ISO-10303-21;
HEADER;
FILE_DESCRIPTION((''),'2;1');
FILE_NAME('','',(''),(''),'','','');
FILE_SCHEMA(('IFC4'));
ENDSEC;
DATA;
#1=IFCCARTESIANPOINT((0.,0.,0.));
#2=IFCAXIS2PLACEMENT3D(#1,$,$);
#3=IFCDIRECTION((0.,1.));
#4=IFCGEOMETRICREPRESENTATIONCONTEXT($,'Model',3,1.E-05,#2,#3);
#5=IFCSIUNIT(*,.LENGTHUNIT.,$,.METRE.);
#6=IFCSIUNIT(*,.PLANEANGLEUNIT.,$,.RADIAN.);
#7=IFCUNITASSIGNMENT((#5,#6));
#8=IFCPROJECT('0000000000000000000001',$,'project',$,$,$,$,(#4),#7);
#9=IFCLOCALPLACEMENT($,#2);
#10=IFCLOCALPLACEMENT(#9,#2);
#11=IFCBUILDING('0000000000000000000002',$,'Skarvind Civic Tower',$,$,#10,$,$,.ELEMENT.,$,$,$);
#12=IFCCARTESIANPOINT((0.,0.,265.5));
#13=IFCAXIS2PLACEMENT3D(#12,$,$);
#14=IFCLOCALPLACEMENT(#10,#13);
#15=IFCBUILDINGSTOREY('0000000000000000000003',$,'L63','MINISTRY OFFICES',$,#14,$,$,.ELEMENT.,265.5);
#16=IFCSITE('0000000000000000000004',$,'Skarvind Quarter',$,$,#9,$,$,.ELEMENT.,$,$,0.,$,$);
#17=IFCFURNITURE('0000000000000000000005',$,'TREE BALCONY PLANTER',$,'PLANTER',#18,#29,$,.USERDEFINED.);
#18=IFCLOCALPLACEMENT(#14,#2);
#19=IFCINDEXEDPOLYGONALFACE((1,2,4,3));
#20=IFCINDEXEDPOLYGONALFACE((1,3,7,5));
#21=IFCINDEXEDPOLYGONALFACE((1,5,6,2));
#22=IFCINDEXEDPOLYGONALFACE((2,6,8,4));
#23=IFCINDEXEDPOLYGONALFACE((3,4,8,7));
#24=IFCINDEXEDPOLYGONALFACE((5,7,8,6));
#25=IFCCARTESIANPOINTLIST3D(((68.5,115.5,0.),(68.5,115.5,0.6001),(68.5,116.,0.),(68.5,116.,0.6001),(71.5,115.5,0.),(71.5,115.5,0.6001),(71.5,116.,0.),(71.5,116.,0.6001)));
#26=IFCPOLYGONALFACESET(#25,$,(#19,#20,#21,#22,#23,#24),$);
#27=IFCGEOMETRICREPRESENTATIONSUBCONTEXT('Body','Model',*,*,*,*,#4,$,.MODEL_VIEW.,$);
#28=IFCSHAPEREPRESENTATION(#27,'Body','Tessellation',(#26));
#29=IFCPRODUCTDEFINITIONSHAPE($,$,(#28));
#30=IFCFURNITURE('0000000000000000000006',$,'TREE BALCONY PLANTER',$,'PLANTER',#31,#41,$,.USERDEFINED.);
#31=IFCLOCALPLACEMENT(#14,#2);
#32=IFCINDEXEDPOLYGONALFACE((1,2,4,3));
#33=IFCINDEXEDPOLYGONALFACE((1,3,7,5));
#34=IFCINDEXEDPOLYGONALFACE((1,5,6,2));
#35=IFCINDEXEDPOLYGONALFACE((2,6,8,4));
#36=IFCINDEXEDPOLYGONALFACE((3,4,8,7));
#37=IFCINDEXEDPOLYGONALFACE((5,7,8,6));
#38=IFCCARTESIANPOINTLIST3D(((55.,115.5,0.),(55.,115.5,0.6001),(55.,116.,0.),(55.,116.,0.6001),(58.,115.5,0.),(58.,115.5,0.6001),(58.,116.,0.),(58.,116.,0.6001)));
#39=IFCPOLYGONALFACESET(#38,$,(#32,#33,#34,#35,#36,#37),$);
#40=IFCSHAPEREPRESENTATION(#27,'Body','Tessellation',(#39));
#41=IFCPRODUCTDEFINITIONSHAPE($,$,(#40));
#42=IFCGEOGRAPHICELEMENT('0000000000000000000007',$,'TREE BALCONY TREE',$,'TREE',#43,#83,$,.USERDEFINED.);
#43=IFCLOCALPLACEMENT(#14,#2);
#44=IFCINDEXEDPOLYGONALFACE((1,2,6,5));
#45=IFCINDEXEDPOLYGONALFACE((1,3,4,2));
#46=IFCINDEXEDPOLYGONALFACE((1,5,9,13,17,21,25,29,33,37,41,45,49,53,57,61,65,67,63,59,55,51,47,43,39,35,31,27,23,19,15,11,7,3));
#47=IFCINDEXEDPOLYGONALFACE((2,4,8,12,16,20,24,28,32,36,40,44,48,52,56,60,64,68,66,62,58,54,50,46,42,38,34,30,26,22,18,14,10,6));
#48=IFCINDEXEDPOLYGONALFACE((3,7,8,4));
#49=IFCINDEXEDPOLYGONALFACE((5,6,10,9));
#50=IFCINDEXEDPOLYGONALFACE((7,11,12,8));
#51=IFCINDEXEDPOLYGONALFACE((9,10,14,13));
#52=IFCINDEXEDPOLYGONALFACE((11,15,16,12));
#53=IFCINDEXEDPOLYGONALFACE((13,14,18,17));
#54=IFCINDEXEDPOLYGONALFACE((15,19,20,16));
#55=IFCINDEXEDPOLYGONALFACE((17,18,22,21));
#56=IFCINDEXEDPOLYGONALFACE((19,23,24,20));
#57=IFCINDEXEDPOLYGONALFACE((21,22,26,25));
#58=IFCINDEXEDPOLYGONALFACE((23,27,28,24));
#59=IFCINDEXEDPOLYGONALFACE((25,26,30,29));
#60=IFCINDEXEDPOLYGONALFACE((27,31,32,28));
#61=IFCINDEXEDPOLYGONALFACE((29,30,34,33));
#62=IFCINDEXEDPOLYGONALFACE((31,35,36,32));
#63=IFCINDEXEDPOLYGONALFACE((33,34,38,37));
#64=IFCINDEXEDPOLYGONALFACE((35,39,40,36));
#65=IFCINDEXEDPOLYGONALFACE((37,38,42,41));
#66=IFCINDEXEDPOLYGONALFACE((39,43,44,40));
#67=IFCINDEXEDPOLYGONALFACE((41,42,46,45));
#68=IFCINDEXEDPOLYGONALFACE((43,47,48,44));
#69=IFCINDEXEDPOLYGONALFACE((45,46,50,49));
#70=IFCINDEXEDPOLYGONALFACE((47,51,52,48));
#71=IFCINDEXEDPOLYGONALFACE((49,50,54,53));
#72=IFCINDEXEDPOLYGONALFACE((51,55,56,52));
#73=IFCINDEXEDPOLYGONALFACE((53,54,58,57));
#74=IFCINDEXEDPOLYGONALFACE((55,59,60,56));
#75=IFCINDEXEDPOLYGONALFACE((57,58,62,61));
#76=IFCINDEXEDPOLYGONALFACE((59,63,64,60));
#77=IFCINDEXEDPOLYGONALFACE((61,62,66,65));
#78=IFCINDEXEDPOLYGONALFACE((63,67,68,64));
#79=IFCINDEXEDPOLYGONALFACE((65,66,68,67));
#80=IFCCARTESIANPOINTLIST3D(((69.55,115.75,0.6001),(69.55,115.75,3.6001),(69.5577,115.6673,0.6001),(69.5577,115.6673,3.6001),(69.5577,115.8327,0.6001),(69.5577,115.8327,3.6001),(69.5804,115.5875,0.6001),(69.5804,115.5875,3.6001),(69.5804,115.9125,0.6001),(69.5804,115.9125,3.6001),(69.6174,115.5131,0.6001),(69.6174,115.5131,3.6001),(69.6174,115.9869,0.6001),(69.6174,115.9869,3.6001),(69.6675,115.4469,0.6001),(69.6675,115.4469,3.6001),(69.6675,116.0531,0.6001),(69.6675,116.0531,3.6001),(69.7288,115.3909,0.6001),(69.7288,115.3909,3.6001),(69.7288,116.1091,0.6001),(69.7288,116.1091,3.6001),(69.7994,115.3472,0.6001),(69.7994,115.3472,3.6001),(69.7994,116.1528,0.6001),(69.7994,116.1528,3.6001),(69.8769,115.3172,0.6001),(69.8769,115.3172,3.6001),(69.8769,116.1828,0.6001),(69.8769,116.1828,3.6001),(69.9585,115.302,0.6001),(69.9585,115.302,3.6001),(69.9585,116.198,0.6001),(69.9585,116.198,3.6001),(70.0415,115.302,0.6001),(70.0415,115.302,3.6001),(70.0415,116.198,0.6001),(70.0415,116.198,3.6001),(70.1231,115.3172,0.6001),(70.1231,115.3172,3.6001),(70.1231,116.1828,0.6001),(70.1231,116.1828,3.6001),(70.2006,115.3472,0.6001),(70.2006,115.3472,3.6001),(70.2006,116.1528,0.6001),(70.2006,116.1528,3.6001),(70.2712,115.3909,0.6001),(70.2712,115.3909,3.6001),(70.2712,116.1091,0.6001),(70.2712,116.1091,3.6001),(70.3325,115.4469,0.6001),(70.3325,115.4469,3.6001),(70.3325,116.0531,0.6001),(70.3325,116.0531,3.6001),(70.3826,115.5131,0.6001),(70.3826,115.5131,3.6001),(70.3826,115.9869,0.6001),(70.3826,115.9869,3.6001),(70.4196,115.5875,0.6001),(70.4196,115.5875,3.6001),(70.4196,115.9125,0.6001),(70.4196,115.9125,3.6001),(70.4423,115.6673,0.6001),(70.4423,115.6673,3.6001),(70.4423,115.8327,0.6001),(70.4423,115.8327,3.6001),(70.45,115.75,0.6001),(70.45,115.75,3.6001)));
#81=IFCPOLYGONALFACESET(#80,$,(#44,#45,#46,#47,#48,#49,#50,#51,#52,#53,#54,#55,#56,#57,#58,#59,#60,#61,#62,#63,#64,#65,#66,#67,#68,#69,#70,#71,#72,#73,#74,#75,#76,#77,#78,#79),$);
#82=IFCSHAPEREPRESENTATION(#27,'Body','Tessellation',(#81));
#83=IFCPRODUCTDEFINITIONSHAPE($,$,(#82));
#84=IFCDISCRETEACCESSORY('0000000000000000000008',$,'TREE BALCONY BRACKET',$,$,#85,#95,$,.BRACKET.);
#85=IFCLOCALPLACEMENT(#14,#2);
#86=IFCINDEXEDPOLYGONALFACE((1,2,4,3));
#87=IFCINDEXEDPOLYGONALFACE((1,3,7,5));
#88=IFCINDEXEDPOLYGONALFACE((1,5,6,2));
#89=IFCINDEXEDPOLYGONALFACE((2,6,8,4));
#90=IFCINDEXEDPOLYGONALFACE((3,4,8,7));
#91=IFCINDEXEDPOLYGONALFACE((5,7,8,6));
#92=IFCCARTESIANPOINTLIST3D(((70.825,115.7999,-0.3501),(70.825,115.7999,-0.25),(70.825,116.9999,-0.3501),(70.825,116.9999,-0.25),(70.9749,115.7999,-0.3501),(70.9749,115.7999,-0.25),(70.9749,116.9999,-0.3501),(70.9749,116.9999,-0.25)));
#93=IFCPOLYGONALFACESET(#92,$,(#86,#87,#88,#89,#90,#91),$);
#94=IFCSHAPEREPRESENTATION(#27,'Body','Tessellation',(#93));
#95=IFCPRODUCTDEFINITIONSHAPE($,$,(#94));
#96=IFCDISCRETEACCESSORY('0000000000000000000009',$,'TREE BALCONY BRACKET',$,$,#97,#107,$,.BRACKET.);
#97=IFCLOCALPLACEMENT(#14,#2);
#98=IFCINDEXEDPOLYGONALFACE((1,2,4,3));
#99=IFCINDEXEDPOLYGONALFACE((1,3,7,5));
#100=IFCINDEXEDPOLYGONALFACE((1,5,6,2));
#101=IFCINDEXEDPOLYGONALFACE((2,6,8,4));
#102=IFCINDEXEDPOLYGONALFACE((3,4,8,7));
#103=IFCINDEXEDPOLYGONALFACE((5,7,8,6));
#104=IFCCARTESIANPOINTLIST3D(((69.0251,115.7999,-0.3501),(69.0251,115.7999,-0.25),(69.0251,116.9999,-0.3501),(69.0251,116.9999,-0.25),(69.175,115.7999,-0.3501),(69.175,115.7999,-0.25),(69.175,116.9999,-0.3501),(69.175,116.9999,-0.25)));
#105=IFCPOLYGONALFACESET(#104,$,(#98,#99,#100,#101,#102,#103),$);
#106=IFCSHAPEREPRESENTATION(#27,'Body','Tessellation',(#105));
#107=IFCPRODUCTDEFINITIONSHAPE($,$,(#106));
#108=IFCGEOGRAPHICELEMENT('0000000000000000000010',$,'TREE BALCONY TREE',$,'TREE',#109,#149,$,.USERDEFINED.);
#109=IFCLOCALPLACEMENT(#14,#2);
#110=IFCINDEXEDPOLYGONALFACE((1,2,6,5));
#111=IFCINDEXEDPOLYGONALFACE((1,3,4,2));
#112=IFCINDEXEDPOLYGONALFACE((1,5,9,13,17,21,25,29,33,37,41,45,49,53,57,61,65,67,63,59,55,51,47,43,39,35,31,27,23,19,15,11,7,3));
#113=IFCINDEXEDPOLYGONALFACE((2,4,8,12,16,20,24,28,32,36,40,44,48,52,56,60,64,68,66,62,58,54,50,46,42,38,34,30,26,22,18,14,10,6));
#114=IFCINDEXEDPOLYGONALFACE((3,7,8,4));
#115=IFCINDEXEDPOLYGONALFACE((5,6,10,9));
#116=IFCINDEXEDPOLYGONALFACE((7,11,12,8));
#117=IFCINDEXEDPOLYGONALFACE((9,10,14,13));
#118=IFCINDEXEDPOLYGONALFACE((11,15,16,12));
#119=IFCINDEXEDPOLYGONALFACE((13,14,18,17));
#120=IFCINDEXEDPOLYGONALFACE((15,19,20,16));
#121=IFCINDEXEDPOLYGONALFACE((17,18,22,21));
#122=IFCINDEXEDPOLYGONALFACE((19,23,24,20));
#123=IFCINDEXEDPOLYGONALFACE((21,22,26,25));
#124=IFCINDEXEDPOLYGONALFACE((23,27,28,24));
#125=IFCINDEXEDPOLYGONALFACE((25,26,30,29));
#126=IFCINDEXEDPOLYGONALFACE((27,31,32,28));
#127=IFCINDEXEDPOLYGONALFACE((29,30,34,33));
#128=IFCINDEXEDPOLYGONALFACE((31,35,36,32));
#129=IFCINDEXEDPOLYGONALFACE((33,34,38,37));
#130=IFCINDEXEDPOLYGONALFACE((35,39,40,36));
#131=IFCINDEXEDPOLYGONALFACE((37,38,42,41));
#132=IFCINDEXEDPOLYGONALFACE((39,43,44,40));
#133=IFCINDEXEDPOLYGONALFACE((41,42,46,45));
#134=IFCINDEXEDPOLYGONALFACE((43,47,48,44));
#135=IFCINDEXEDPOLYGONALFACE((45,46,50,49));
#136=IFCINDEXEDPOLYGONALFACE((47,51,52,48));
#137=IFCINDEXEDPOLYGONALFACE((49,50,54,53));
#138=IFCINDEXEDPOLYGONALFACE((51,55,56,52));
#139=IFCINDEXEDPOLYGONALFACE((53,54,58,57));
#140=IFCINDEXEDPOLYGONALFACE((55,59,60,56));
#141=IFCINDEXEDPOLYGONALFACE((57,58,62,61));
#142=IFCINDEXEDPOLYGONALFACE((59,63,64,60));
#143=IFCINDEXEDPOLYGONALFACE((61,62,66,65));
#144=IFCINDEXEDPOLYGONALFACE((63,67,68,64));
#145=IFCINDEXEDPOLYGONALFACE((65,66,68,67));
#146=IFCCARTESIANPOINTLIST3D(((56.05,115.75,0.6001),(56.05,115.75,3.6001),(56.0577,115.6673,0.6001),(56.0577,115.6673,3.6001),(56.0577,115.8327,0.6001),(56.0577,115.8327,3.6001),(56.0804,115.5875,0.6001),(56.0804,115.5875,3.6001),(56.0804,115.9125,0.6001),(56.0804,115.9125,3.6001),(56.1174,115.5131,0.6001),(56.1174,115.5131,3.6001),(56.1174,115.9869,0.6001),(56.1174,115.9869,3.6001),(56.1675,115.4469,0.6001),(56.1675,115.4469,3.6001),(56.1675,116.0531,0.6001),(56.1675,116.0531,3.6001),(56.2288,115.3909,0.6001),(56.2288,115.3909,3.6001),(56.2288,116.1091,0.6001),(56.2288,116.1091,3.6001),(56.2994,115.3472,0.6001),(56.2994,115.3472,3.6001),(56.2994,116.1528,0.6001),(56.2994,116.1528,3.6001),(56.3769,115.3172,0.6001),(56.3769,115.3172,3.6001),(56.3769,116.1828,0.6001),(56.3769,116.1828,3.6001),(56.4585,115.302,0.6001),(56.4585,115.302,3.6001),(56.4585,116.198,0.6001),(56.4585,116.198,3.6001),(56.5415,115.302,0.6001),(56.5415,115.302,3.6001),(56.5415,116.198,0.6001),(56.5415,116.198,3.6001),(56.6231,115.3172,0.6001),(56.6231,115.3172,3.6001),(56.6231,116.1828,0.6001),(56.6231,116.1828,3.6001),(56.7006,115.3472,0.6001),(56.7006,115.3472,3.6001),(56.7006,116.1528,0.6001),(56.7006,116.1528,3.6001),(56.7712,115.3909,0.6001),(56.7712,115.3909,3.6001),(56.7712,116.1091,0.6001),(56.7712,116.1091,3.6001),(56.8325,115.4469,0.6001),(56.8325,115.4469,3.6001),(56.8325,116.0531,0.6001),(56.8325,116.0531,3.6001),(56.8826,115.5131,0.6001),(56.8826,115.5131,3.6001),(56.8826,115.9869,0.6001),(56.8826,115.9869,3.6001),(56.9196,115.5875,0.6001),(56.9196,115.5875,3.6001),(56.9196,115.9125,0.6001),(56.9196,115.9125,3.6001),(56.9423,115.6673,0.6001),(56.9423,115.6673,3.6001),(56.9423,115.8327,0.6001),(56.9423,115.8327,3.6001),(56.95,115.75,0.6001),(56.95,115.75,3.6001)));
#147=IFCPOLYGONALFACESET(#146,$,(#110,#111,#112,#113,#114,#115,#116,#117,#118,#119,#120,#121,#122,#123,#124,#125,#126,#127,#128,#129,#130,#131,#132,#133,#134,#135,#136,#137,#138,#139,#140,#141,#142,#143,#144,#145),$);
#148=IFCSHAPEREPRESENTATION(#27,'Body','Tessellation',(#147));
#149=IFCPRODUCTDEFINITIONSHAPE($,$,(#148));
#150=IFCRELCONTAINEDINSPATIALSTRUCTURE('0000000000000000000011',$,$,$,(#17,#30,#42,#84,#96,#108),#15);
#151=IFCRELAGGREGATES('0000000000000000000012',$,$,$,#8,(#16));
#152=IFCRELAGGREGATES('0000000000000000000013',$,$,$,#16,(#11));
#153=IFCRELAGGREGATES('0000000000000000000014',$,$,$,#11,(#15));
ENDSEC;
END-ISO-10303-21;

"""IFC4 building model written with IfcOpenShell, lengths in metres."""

from ifc_helpers import new_model, si_unit, direction, frame, origin, origin_2d, place, context, subcontext, project, spatial, rectangle, circle, extrude, element, save


model = new_model("IFC4")

# Units and contexts
model_context = context("Model", 3, precision=1e-05, world=origin(), true_north=direction((0.0, 1.0)))
body_context = subcontext(model_context, "Body", "Model", "MODEL_VIEW")
ifc_project = project(units=[si_unit("LENGTHUNIT", "METRE"), si_unit("PLANEANGLEUNIT", "RADIAN")], contexts=[model_context])

# Site, building, storey
site_placement = place(None, origin())
site = spatial("IfcSite", under=ifc_project, at=site_placement, Name="Skarvind Quarter", CompositionType="ELEMENT", RefElevation=0.0)
building_placement = place(site_placement, origin())
building = spatial("IfcBuilding", under=site, at=building_placement, Name="Skarvind Civic Tower", CompositionType="ELEMENT")
storey_placement = place(building_placement, frame((0.0, 0.0, 265.5)))
storey = spatial("IfcBuildingStorey", under=building, at=storey_placement, Name="L63", Description="MINISTRY OFFICES", CompositionType="ELEMENT", Elevation=265.5)

# Furniture
for number, where, z_axis, x_axis, name in (
    (1, (70.0, 115.75, 0.0), (0.0, 0.0, 1.0), (-1.0, 0.0, 0.0), "TREE BALCONY PLANTER"),
    (2, (56.5, 115.75, 0.0), (0.0, 0.0, 1.0), (-1.0, 0.0, 0.0), "TREE BALCONY PLANTER"),
):
    element("IfcFurniture", number, at=place(storey_placement, frame(where, z_axis=z_axis, x_axis=x_axis)), inside=storey, Name=name, ObjectType="PLANTER", PredefinedType="USERDEFINED", context=body_context, shape_type="SweptSolid", body=[
        extrude(rectangle(XDim=3.0, YDim=0.5, at=origin_2d()), origin(), (0.0, 0.0, 1.0), 0.6001),
    ])

# Geographic element
geographic_element_1_placement = place(storey_placement, frame((70.0, 115.75, 0.6001), z_axis=(0.0, 0.0, 1.0), x_axis=(1.0, 0.0, 0.0)))
element("IfcGeographicElement", 3, at=geographic_element_1_placement, inside=storey, Name="TREE BALCONY TREE", ObjectType="TREE", PredefinedType="USERDEFINED", context=body_context, shape_type="SweptSolid", body=[
    extrude(circle(Radius=0.45, at=origin_2d()), origin(), (0.0, 0.0, 1.0), 3.0),
])

# Discrete accessories
for number, where, z_axis, x_axis, name in (
    (4, (70.8999, 116.3999, -0.3501), (0.0, 0.0, 1.0), (-1.0, 0.0, 0.0), "TREE BALCONY BRACKET"),
    (5, (69.1001, 116.3999, -0.3501), (0.0, 0.0, 1.0), (-1.0, 0.0, 0.0), "TREE BALCONY BRACKET"),
):
    element("IfcDiscreteAccessory", number, at=place(storey_placement, frame(where, z_axis=z_axis, x_axis=x_axis)), inside=storey, Name=name, PredefinedType="BRACKET", context=body_context, shape_type="SweptSolid", body=[
        extrude(rectangle(XDim=0.1499, YDim=1.2, at=origin_2d()), origin(), (0.0, 0.0, 1.0), 0.1001),
    ])

# Geographic element
geographic_element_2_placement = place(storey_placement, frame((56.5, 115.75, 0.6001), z_axis=(0.0, 0.0, 1.0), x_axis=(1.0, 0.0, 0.0)))
element("IfcGeographicElement", 6, at=geographic_element_2_placement, inside=storey, Name="TREE BALCONY TREE", ObjectType="TREE", PredefinedType="USERDEFINED", context=body_context, shape_type="SweptSolid", body=[
    extrude(circle(Radius=0.45, at=origin_2d()), origin(), (0.0, 0.0, 1.0), 3.0),
])

save(model, "model.ifc")
